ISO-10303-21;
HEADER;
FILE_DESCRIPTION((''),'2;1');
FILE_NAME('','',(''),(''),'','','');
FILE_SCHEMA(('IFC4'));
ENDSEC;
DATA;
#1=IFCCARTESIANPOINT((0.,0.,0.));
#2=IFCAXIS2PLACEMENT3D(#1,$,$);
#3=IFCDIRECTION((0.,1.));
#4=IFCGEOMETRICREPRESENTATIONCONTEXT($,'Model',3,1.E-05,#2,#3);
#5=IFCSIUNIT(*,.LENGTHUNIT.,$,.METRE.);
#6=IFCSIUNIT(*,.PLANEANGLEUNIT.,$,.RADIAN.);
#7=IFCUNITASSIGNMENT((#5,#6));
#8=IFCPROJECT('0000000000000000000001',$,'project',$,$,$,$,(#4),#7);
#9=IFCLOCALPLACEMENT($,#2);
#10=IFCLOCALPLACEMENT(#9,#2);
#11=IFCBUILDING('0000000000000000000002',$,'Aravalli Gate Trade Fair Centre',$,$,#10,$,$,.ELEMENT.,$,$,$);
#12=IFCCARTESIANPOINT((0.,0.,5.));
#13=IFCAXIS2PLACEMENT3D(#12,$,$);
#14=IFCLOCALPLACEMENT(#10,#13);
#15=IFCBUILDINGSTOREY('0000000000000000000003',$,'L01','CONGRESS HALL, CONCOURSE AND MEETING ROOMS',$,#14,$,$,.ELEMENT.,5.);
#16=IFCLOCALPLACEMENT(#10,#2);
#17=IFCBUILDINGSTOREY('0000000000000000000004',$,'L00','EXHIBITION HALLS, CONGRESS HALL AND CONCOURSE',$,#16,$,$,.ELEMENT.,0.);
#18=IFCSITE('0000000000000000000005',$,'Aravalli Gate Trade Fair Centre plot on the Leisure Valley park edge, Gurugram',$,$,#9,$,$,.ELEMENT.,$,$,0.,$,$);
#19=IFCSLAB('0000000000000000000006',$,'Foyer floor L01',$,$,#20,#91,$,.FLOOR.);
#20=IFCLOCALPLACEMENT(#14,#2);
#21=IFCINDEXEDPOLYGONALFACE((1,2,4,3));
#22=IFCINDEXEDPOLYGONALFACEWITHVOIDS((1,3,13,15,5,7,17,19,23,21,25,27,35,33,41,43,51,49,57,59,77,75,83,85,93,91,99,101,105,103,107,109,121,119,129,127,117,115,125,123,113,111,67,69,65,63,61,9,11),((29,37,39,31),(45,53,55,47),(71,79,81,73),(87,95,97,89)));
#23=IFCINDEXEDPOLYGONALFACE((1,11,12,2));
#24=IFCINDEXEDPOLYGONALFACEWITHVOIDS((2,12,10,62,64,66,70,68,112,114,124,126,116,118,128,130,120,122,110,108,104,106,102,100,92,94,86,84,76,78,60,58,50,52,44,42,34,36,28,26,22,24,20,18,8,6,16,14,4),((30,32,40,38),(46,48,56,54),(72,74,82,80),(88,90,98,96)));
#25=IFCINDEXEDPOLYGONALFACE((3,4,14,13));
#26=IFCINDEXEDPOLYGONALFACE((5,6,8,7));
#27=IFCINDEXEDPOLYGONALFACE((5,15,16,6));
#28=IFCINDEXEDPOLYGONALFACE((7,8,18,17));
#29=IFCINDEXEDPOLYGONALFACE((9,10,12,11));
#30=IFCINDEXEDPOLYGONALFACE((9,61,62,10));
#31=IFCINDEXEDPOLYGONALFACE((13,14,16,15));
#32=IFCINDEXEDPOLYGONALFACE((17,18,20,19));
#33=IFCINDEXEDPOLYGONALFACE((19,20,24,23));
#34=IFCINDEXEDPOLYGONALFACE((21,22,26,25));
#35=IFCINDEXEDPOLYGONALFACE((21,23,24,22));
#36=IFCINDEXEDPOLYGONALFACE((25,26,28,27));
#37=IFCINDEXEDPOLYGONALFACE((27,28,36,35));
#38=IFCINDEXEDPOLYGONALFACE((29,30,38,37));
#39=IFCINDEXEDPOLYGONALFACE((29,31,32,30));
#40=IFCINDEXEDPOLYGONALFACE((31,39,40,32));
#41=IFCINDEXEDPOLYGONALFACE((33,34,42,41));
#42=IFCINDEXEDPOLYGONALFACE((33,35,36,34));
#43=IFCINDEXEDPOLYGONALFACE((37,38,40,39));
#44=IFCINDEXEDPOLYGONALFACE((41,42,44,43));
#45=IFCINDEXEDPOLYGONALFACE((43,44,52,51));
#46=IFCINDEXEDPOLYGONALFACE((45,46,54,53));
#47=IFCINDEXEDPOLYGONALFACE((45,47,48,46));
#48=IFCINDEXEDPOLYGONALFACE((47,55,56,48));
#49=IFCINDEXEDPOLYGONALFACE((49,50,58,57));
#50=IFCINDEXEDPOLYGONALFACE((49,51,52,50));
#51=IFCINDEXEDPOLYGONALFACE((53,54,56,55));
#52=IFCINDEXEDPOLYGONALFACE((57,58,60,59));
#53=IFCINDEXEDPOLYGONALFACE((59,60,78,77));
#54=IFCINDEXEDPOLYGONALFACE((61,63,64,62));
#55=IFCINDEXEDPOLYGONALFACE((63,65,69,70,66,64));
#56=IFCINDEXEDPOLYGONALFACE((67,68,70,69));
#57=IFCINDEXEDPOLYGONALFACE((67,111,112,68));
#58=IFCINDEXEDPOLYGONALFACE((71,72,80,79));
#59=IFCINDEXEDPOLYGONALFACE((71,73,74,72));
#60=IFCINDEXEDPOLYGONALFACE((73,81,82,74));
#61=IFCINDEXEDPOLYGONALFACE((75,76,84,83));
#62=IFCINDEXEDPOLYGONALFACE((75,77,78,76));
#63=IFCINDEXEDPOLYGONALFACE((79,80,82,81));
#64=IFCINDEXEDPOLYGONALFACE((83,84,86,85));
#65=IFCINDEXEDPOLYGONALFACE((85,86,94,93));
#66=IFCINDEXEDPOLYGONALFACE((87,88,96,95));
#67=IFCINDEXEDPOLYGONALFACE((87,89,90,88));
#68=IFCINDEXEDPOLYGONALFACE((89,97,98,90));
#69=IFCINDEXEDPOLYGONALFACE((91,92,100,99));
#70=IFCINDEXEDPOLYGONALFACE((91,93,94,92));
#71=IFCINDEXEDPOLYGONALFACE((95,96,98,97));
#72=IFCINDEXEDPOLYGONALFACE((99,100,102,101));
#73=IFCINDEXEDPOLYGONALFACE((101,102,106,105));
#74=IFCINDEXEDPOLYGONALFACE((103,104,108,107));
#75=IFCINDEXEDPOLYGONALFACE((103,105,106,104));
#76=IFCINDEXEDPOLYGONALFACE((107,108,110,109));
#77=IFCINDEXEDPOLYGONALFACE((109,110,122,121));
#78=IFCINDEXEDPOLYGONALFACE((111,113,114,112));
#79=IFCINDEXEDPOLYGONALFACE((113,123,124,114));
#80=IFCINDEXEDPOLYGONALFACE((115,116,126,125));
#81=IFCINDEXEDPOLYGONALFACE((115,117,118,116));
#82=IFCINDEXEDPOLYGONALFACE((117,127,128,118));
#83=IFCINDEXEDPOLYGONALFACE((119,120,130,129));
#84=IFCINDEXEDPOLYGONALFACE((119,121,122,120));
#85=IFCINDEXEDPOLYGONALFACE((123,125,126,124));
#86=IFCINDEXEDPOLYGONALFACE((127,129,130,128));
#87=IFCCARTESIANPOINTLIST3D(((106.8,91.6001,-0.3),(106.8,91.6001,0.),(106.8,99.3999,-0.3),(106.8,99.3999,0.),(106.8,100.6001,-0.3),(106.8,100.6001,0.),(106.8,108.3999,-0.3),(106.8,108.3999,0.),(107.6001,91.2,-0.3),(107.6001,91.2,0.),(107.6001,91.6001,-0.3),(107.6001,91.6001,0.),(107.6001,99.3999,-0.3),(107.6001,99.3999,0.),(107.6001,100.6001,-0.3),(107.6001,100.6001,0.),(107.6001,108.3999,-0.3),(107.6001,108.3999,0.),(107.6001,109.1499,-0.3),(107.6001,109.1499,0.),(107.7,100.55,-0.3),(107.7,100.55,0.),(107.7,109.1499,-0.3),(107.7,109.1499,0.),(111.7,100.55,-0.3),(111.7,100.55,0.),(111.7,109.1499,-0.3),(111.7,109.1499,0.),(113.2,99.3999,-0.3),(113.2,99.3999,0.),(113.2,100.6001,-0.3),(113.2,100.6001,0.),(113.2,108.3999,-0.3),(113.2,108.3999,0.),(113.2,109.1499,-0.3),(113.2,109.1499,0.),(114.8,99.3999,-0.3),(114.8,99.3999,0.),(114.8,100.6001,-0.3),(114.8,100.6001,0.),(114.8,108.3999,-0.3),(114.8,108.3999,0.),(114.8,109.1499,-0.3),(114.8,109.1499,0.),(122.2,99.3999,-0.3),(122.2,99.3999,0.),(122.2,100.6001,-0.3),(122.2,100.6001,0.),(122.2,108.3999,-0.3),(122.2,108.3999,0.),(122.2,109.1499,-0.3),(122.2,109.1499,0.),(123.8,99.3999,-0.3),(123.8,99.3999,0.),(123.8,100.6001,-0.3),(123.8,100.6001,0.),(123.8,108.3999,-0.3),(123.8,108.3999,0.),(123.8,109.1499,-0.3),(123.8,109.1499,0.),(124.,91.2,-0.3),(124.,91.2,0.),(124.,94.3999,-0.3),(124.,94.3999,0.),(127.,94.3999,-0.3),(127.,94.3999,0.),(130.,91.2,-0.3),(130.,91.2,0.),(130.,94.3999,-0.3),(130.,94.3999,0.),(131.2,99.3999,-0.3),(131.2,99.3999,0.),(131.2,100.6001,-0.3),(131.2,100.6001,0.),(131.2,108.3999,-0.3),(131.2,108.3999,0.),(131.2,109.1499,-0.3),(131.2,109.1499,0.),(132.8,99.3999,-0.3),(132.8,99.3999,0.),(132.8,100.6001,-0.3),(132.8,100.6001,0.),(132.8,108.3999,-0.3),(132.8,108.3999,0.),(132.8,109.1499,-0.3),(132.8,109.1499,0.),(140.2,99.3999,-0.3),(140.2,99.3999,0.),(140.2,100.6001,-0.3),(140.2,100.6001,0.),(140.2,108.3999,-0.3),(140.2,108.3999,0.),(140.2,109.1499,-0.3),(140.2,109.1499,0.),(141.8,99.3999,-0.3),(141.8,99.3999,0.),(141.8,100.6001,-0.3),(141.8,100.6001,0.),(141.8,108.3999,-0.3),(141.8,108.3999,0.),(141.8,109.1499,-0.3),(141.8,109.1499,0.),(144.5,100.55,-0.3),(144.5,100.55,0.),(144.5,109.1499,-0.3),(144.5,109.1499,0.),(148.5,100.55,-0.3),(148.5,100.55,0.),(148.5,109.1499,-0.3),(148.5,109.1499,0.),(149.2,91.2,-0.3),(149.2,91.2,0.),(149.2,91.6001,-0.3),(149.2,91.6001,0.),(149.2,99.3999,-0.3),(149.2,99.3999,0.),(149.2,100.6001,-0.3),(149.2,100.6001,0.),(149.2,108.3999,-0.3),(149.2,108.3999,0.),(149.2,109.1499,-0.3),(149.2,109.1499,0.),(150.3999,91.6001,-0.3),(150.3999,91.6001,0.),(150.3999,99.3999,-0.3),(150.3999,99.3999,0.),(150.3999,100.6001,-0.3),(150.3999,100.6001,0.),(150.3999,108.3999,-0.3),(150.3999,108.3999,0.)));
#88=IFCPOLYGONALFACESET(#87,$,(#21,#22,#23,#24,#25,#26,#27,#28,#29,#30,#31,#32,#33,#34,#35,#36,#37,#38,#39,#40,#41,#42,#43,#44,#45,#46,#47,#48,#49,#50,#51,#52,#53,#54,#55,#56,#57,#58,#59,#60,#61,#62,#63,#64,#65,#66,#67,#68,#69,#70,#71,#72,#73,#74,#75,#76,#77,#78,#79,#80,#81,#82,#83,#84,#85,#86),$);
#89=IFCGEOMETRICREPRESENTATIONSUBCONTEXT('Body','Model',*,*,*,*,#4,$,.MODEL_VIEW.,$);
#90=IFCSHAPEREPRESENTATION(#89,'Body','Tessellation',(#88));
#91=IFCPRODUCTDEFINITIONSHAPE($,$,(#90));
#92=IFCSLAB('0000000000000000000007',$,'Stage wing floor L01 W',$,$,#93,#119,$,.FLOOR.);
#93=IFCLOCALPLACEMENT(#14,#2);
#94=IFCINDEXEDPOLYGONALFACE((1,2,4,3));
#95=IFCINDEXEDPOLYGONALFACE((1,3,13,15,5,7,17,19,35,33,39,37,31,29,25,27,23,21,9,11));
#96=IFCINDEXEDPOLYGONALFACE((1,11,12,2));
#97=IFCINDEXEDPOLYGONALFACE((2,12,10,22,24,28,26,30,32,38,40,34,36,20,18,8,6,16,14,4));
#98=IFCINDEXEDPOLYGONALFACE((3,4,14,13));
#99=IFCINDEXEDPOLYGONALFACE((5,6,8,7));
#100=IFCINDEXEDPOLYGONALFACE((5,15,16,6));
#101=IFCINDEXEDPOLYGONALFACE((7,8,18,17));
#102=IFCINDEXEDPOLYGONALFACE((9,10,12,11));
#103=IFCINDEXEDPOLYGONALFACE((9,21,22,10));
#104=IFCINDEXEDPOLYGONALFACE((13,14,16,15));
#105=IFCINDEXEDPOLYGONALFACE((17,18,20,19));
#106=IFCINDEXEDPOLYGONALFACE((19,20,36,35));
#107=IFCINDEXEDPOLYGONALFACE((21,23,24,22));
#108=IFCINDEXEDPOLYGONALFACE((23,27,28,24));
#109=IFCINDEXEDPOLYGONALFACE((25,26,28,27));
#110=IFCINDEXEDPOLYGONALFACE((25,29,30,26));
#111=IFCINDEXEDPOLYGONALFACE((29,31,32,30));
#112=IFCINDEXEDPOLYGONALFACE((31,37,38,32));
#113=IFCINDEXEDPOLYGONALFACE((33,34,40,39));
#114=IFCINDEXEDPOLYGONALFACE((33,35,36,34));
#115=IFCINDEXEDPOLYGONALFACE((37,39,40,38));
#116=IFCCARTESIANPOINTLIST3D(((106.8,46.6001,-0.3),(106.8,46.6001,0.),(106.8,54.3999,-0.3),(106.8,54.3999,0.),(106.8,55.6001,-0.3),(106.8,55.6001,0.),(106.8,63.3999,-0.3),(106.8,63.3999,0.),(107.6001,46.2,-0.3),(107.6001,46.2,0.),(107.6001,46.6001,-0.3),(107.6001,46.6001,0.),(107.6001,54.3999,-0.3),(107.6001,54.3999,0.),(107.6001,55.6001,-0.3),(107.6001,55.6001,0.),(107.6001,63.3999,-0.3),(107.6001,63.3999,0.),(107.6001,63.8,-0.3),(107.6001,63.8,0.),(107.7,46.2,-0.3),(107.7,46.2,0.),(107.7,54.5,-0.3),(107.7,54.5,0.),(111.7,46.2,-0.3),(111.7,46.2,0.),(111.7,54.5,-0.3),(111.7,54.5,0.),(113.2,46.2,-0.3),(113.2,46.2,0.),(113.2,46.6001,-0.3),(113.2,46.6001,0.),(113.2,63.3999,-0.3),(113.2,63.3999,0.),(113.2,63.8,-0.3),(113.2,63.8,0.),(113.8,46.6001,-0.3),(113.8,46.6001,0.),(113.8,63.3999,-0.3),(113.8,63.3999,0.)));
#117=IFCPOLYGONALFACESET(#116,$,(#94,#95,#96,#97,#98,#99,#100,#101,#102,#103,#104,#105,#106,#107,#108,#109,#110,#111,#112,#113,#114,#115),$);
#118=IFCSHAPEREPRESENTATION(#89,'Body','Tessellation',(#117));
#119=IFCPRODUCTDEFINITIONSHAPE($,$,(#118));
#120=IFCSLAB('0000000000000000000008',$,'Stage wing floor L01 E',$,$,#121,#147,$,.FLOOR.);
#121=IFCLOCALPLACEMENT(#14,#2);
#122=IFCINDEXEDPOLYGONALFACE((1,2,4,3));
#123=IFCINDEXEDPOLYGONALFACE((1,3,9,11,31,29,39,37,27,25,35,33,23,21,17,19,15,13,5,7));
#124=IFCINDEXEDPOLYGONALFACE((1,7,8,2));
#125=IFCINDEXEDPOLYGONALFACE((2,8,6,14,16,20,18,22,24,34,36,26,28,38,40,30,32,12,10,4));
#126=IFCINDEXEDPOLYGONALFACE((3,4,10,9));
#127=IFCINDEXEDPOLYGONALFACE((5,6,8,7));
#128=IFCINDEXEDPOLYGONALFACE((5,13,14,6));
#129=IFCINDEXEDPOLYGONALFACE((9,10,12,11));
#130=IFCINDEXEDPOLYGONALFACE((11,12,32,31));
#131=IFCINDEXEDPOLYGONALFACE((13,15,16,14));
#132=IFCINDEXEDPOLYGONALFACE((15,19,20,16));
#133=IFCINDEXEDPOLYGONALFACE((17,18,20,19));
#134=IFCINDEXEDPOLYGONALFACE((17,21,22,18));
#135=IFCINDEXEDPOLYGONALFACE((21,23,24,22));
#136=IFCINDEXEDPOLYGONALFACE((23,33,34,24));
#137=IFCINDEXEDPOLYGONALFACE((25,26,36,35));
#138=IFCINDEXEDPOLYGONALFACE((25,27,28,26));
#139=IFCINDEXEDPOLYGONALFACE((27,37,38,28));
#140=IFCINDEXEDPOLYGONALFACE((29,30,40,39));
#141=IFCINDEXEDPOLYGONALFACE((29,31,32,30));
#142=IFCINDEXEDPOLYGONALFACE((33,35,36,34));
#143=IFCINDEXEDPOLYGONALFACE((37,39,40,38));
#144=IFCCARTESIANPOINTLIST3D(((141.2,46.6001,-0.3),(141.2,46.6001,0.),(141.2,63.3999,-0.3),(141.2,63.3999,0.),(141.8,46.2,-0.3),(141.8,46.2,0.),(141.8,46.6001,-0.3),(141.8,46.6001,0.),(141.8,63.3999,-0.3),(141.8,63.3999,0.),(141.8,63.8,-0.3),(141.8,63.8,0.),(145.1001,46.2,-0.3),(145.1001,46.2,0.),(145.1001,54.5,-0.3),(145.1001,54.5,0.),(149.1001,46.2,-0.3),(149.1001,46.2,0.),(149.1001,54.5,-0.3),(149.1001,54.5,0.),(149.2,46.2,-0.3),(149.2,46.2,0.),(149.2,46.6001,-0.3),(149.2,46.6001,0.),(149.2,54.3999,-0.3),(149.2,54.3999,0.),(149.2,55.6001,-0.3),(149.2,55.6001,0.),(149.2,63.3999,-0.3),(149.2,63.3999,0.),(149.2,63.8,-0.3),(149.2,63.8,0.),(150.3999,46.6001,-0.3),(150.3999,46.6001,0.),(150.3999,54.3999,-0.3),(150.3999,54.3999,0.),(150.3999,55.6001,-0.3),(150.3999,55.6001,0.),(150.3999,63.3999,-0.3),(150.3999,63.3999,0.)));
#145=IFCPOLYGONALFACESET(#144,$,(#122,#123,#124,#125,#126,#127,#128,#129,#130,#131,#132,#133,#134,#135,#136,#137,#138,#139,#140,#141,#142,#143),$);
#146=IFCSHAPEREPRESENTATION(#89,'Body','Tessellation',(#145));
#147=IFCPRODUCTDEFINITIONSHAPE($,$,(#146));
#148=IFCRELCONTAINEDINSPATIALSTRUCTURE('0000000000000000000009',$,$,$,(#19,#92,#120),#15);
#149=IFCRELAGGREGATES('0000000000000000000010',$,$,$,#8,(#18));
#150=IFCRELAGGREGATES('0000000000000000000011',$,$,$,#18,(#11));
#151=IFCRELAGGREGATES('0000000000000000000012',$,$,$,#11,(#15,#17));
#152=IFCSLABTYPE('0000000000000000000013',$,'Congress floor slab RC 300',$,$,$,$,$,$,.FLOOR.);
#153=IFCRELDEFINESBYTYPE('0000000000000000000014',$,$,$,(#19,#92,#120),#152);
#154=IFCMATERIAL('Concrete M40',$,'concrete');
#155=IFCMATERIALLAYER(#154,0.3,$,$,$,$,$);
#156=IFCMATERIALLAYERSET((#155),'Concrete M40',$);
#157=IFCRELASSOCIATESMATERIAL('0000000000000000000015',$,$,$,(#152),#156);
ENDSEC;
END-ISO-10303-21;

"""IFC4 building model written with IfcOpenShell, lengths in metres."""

from ifc_helpers import new_model, si_unit, direction, frame, origin, place, context, subcontext, project, spatial, polyline, outline, extrude, material, layer, layer_set, type_object, element, save


model = new_model("IFC4")

# Units and contexts
model_context = context("Model", 3, precision=1e-05, world=origin(), true_north=direction((0.0, 1.0)))
body_context = subcontext(model_context, "Body", "Model", "MODEL_VIEW")
ifc_project = project(units=[si_unit("LENGTHUNIT", "METRE"), si_unit("PLANEANGLEUNIT", "RADIAN")], contexts=[model_context])

# Site, building, storey
site_placement = place(None, origin())
site = spatial("IfcSite", under=ifc_project, at=site_placement, Name="Aravalli Gate Trade Fair Centre plot on the Leisure Valley park edge, Gurugram", CompositionType="ELEMENT", RefElevation=0.0)
building_placement = place(site_placement, origin())
building = spatial("IfcBuilding", under=site, at=building_placement, Name="Aravalli Gate Trade Fair Centre", CompositionType="ELEMENT")
storey_1_placement = place(building_placement, frame((0.0, 0.0, 5.0)))
storey_1 = spatial("IfcBuildingStorey", under=building, at=storey_1_placement, Name="L01", Description="CONGRESS HALL, CONCOURSE AND MEETING ROOMS", CompositionType="ELEMENT", Elevation=5.0)

# Slabs
ifc_material_1 = material(Name="Concrete M40", Category="concrete")
ifc_layer_1 = layer(ifc_material_1, 0.3)
ifc_layer_set_1 = layer_set([ifc_layer_1], Name="Concrete M40")
slab_type_1 = type_object("IfcSlabType", Name="Congress floor slab RC 300", PredefinedType="FLOOR", material=ifc_layer_set_1)
slab_1_placement = place(storey_1_placement, frame((0.0, 0.0, -0.3)))
element("IfcSlab", 1, at=slab_1_placement, inside=storey_1, type_object=slab_type_1, Name="Foyer floor L01", PredefinedType="FLOOR", context=body_context, shape_type="SweptSolid", body=[
    extrude(outline(polyline([(149.2, 91.6001), (149.2, 91.2), (130.0, 91.2), (130.0, 94.3999), (127.0, 94.3999), (124.0, 94.3999), (124.0, 91.2), (107.6001, 91.2), (107.6001, 91.6001), (106.8, 91.6001), (106.8, 99.3999), (107.6001, 99.3999), (107.6001, 100.6001), (106.8, 100.6001), (106.8, 108.3999), (107.6001, 108.3999), (107.6001, 109.1499), (107.7, 109.1499), (107.7, 100.55), (111.7, 100.55), (111.7, 109.1499), (113.2, 109.1499), (113.2, 108.3999), (114.8, 108.3999), (114.8, 109.1499), (122.2, 109.1499), (122.2, 108.3999), (123.8, 108.3999), (123.8, 109.1499), (131.2, 109.1499), (131.2, 108.3999), (132.8, 108.3999), (132.8, 109.1499), (140.2, 109.1499), (140.2, 108.3999), (141.8, 108.3999), (141.8, 109.1499), (144.5, 109.1499), (144.5, 100.55), (148.5, 100.55), (148.5, 109.1499), (149.2, 109.1499), (149.2, 108.3999), (150.3999, 108.3999), (150.3999, 100.6001), (149.2, 100.6001), (149.2, 99.3999), (150.3999, 99.3999), (150.3999, 91.6001), (149.2, 91.6001)]), holes=[polyline([(123.8, 100.6001), (122.2, 100.6001), (122.2, 99.3999), (123.8, 99.3999), (123.8, 100.6001)]), polyline([(114.8, 100.6001), (113.2, 100.6001), (113.2, 99.3999), (114.8, 99.3999), (114.8, 100.6001)]), polyline([(141.8, 100.6001), (140.2, 100.6001), (140.2, 99.3999), (141.8, 99.3999), (141.8, 100.6001)]), polyline([(132.8, 100.6001), (131.2, 100.6001), (131.2, 99.3999), (132.8, 99.3999), (132.8, 100.6001)])]), origin(), (0.0, 0.0, 1.0), 0.3),
])
slab_2_placement = place(storey_1_placement, frame((0.0, 0.0, -0.3)))
element("IfcSlab", 2, at=slab_2_placement, inside=storey_1, type_object=slab_type_1, Name="Stage wing floor L01 W", PredefinedType="FLOOR", context=body_context, shape_type="SweptSolid", body=[
    extrude(outline(polyline([(113.2, 46.6001), (113.2, 46.2), (111.7, 46.2), (111.7, 54.5), (107.7, 54.5), (107.7, 46.2), (107.6001, 46.2), (107.6001, 46.6001), (106.8, 46.6001), (106.8, 54.3999), (107.6001, 54.3999), (107.6001, 55.6001), (106.8, 55.6001), (106.8, 63.3999), (107.6001, 63.3999), (107.6001, 63.8), (113.2, 63.8), (113.2, 63.3999), (113.8, 63.3999), (113.8, 46.6001), (113.2, 46.6001)])), origin(), (0.0, 0.0, 1.0), 0.3),
])
slab_3_placement = place(storey_1_placement, frame((0.0, 0.0, -0.3)))
element("IfcSlab", 3, at=slab_3_placement, inside=storey_1, type_object=slab_type_1, Name="Stage wing floor L01 E", PredefinedType="FLOOR", context=body_context, shape_type="SweptSolid", body=[
    extrude(outline(polyline([(149.2, 46.6001), (149.2, 46.2), (149.1001, 46.2), (149.1001, 54.5), (145.1001, 54.5), (145.1001, 46.2), (141.8, 46.2), (141.8, 46.6001), (141.2, 46.6001), (141.2, 63.3999), (141.8, 63.3999), (141.8, 63.8), (149.2, 63.8), (149.2, 63.3999), (150.3999, 63.3999), (150.3999, 55.6001), (149.2, 55.6001), (149.2, 54.3999), (150.3999, 54.3999), (150.3999, 46.6001), (149.2, 46.6001)])), origin(), (0.0, 0.0, 1.0), 0.3),
])

# Shared definitions
storey_2_placement = place(building_placement, origin())
storey_2 = spatial("IfcBuildingStorey", under=building, at=storey_2_placement, Name="L00", Description="EXHIBITION HALLS, CONGRESS HALL AND CONCOURSE", CompositionType="ELEMENT", Elevation=0.0)

save(model, "model.ifc")
